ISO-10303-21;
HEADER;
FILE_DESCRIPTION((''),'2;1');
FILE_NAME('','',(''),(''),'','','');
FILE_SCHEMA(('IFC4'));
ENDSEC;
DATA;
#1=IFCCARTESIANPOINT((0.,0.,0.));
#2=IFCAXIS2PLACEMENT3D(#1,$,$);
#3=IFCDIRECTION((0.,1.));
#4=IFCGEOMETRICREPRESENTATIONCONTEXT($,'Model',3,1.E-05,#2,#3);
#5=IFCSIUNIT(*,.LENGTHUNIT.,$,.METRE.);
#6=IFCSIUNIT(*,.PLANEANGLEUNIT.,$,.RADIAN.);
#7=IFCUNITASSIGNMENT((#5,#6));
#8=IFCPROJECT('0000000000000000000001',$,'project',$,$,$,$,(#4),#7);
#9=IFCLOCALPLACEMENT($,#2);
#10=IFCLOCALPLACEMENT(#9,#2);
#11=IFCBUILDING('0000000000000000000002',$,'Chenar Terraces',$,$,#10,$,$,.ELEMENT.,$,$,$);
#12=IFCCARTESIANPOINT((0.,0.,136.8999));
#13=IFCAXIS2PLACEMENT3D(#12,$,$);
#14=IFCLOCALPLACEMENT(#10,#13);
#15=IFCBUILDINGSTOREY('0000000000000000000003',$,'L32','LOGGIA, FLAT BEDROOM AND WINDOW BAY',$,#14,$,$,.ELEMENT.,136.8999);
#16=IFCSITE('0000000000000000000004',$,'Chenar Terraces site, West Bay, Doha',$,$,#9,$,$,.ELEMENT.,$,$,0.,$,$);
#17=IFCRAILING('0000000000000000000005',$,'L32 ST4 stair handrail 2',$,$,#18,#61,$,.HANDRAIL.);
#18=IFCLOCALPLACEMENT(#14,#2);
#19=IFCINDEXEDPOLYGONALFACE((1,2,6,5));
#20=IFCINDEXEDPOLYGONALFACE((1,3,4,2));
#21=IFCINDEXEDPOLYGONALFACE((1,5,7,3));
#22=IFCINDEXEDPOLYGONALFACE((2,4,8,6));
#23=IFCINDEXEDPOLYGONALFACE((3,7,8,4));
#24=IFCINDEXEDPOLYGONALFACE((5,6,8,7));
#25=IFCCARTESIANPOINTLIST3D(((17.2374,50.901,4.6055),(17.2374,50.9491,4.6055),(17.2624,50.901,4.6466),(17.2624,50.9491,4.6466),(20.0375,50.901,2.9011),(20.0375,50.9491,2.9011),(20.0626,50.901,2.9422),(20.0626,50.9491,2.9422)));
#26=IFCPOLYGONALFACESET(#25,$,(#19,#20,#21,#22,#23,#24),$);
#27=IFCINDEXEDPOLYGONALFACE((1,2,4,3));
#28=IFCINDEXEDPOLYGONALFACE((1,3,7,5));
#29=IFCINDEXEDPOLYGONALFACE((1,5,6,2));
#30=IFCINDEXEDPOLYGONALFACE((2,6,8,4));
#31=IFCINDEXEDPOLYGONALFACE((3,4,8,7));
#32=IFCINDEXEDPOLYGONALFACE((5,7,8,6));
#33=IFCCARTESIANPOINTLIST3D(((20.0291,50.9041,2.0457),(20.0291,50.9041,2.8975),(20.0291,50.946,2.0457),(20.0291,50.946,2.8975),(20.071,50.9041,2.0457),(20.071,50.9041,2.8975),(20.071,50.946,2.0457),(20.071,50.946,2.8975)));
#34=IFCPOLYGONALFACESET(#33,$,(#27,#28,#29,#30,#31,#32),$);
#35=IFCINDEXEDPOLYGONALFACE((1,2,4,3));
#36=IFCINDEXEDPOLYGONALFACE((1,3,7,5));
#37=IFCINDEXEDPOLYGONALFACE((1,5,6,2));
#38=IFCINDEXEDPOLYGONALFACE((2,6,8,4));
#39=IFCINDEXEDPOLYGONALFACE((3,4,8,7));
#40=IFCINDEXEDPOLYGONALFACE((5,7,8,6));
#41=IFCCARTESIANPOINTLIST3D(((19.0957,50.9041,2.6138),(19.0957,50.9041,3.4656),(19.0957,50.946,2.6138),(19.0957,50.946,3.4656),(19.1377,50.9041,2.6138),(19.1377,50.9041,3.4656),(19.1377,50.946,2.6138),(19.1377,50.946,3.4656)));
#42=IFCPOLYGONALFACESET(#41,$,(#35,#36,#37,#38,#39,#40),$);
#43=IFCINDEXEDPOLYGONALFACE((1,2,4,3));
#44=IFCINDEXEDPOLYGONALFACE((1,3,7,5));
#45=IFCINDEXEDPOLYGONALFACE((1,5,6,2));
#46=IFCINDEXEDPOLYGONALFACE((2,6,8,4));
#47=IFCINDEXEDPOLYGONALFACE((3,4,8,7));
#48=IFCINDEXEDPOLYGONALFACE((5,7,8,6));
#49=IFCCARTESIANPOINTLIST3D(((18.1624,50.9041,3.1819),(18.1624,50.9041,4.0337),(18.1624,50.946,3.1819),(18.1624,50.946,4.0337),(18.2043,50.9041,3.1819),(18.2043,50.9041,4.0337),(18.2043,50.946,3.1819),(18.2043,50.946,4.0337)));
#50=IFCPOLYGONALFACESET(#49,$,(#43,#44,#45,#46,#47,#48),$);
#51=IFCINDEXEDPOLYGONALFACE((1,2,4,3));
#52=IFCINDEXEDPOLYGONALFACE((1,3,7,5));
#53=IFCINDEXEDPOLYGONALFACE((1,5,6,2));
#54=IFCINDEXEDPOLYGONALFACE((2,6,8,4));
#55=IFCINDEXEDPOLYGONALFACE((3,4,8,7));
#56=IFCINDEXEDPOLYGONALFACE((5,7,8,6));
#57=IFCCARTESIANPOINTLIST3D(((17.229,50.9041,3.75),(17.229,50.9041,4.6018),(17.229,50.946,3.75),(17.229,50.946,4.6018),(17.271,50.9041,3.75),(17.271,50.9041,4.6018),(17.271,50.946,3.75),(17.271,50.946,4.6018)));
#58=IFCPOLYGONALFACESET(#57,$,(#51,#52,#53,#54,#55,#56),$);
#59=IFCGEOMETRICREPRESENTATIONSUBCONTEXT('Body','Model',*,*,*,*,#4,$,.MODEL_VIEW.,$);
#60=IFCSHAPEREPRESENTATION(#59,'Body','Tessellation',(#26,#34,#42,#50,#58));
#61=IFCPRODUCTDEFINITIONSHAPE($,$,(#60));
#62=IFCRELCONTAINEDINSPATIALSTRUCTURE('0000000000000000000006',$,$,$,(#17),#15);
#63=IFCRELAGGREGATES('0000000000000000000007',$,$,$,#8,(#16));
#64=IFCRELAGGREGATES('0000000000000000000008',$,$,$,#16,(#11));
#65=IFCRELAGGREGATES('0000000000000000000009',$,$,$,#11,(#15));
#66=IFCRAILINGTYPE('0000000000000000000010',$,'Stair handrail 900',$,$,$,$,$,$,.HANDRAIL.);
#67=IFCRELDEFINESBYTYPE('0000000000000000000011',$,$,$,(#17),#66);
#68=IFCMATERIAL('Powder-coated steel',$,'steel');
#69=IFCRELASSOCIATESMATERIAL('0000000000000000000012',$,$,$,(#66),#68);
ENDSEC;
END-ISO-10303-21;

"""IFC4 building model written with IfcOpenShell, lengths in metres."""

from ifc_helpers import new_model, si_unit, direction, frame, origin, origin_2d, place, context, subcontext, project, spatial, rectangle, extrude, material, type_object, element, save


model = new_model("IFC4")

# Units and contexts
model_context = context("Model", 3, precision=1e-05, world=origin(), true_north=direction((0.0, 1.0)))
body_context = subcontext(model_context, "Body", "Model", "MODEL_VIEW")
ifc_project = project(units=[si_unit("LENGTHUNIT", "METRE"), si_unit("PLANEANGLEUNIT", "RADIAN")], contexts=[model_context])

# Site, building, storey
site_placement = place(None, origin())
site = spatial("IfcSite", under=ifc_project, at=site_placement, Name="Chenar Terraces site, West Bay, Doha", CompositionType="ELEMENT", RefElevation=0.0)
building_placement = place(site_placement, origin())
building = spatial("IfcBuilding", under=site, at=building_placement, Name="Chenar Terraces", CompositionType="ELEMENT")
storey_placement = place(building_placement, frame((0.0, 0.0, 136.8999)))
storey = spatial("IfcBuildingStorey", under=building, at=storey_placement, Name="L32", Description="LOGGIA, FLAT BEDROOM AND WINDOW BAY", CompositionType="ELEMENT", Elevation=136.8999)

# Railing
ifc_material_1 = material(Name="Powder-coated steel", Category="steel")
railing_type_1 = type_object("IfcRailingType", Name="Stair handrail 900", PredefinedType="HANDRAIL", material=ifc_material_1)
railing_1_placement = place(storey_placement, frame((20.05, 50.925, 2.0457)))
element("IfcRailing", 1, at=railing_1_placement, inside=storey, type_object=railing_type_1, Name="L32 ST4 stair handrail 2", PredefinedType="HANDRAIL", context=body_context, shape_type="SweptSolid", body=[
    extrude(rectangle(XDim=0.0481, YDim=0.0481, at=origin_2d()), frame((0.0, 0.0, 0.876), z_axis=(-0.854203, 0.0, 0.51994), x_axis=(0.0, -1.0, 0.0)), (0.0, 0.0, 1.0), 3.2781),
    extrude(rectangle(XDim=0.042, YDim=0.042, at=origin_2d()), origin(), (0.0, 0.0, 1.0), 0.8518),
    extrude(rectangle(XDim=0.042, YDim=0.042, at=origin_2d()), frame((-0.9333, 0.0, 0.5681)), (0.0, 0.0, 1.0), 0.8518),
    extrude(rectangle(XDim=0.042, YDim=0.042, at=origin_2d()), frame((-1.8667, 0.0, 1.1362)), (0.0, 0.0, 1.0), 0.8518),
    extrude(rectangle(XDim=0.042, YDim=0.042, at=origin_2d()), frame((-2.8, 0.0, 1.7043)), (0.0, 0.0, 1.0), 0.8518),
])

save(model, "model.ifc")
